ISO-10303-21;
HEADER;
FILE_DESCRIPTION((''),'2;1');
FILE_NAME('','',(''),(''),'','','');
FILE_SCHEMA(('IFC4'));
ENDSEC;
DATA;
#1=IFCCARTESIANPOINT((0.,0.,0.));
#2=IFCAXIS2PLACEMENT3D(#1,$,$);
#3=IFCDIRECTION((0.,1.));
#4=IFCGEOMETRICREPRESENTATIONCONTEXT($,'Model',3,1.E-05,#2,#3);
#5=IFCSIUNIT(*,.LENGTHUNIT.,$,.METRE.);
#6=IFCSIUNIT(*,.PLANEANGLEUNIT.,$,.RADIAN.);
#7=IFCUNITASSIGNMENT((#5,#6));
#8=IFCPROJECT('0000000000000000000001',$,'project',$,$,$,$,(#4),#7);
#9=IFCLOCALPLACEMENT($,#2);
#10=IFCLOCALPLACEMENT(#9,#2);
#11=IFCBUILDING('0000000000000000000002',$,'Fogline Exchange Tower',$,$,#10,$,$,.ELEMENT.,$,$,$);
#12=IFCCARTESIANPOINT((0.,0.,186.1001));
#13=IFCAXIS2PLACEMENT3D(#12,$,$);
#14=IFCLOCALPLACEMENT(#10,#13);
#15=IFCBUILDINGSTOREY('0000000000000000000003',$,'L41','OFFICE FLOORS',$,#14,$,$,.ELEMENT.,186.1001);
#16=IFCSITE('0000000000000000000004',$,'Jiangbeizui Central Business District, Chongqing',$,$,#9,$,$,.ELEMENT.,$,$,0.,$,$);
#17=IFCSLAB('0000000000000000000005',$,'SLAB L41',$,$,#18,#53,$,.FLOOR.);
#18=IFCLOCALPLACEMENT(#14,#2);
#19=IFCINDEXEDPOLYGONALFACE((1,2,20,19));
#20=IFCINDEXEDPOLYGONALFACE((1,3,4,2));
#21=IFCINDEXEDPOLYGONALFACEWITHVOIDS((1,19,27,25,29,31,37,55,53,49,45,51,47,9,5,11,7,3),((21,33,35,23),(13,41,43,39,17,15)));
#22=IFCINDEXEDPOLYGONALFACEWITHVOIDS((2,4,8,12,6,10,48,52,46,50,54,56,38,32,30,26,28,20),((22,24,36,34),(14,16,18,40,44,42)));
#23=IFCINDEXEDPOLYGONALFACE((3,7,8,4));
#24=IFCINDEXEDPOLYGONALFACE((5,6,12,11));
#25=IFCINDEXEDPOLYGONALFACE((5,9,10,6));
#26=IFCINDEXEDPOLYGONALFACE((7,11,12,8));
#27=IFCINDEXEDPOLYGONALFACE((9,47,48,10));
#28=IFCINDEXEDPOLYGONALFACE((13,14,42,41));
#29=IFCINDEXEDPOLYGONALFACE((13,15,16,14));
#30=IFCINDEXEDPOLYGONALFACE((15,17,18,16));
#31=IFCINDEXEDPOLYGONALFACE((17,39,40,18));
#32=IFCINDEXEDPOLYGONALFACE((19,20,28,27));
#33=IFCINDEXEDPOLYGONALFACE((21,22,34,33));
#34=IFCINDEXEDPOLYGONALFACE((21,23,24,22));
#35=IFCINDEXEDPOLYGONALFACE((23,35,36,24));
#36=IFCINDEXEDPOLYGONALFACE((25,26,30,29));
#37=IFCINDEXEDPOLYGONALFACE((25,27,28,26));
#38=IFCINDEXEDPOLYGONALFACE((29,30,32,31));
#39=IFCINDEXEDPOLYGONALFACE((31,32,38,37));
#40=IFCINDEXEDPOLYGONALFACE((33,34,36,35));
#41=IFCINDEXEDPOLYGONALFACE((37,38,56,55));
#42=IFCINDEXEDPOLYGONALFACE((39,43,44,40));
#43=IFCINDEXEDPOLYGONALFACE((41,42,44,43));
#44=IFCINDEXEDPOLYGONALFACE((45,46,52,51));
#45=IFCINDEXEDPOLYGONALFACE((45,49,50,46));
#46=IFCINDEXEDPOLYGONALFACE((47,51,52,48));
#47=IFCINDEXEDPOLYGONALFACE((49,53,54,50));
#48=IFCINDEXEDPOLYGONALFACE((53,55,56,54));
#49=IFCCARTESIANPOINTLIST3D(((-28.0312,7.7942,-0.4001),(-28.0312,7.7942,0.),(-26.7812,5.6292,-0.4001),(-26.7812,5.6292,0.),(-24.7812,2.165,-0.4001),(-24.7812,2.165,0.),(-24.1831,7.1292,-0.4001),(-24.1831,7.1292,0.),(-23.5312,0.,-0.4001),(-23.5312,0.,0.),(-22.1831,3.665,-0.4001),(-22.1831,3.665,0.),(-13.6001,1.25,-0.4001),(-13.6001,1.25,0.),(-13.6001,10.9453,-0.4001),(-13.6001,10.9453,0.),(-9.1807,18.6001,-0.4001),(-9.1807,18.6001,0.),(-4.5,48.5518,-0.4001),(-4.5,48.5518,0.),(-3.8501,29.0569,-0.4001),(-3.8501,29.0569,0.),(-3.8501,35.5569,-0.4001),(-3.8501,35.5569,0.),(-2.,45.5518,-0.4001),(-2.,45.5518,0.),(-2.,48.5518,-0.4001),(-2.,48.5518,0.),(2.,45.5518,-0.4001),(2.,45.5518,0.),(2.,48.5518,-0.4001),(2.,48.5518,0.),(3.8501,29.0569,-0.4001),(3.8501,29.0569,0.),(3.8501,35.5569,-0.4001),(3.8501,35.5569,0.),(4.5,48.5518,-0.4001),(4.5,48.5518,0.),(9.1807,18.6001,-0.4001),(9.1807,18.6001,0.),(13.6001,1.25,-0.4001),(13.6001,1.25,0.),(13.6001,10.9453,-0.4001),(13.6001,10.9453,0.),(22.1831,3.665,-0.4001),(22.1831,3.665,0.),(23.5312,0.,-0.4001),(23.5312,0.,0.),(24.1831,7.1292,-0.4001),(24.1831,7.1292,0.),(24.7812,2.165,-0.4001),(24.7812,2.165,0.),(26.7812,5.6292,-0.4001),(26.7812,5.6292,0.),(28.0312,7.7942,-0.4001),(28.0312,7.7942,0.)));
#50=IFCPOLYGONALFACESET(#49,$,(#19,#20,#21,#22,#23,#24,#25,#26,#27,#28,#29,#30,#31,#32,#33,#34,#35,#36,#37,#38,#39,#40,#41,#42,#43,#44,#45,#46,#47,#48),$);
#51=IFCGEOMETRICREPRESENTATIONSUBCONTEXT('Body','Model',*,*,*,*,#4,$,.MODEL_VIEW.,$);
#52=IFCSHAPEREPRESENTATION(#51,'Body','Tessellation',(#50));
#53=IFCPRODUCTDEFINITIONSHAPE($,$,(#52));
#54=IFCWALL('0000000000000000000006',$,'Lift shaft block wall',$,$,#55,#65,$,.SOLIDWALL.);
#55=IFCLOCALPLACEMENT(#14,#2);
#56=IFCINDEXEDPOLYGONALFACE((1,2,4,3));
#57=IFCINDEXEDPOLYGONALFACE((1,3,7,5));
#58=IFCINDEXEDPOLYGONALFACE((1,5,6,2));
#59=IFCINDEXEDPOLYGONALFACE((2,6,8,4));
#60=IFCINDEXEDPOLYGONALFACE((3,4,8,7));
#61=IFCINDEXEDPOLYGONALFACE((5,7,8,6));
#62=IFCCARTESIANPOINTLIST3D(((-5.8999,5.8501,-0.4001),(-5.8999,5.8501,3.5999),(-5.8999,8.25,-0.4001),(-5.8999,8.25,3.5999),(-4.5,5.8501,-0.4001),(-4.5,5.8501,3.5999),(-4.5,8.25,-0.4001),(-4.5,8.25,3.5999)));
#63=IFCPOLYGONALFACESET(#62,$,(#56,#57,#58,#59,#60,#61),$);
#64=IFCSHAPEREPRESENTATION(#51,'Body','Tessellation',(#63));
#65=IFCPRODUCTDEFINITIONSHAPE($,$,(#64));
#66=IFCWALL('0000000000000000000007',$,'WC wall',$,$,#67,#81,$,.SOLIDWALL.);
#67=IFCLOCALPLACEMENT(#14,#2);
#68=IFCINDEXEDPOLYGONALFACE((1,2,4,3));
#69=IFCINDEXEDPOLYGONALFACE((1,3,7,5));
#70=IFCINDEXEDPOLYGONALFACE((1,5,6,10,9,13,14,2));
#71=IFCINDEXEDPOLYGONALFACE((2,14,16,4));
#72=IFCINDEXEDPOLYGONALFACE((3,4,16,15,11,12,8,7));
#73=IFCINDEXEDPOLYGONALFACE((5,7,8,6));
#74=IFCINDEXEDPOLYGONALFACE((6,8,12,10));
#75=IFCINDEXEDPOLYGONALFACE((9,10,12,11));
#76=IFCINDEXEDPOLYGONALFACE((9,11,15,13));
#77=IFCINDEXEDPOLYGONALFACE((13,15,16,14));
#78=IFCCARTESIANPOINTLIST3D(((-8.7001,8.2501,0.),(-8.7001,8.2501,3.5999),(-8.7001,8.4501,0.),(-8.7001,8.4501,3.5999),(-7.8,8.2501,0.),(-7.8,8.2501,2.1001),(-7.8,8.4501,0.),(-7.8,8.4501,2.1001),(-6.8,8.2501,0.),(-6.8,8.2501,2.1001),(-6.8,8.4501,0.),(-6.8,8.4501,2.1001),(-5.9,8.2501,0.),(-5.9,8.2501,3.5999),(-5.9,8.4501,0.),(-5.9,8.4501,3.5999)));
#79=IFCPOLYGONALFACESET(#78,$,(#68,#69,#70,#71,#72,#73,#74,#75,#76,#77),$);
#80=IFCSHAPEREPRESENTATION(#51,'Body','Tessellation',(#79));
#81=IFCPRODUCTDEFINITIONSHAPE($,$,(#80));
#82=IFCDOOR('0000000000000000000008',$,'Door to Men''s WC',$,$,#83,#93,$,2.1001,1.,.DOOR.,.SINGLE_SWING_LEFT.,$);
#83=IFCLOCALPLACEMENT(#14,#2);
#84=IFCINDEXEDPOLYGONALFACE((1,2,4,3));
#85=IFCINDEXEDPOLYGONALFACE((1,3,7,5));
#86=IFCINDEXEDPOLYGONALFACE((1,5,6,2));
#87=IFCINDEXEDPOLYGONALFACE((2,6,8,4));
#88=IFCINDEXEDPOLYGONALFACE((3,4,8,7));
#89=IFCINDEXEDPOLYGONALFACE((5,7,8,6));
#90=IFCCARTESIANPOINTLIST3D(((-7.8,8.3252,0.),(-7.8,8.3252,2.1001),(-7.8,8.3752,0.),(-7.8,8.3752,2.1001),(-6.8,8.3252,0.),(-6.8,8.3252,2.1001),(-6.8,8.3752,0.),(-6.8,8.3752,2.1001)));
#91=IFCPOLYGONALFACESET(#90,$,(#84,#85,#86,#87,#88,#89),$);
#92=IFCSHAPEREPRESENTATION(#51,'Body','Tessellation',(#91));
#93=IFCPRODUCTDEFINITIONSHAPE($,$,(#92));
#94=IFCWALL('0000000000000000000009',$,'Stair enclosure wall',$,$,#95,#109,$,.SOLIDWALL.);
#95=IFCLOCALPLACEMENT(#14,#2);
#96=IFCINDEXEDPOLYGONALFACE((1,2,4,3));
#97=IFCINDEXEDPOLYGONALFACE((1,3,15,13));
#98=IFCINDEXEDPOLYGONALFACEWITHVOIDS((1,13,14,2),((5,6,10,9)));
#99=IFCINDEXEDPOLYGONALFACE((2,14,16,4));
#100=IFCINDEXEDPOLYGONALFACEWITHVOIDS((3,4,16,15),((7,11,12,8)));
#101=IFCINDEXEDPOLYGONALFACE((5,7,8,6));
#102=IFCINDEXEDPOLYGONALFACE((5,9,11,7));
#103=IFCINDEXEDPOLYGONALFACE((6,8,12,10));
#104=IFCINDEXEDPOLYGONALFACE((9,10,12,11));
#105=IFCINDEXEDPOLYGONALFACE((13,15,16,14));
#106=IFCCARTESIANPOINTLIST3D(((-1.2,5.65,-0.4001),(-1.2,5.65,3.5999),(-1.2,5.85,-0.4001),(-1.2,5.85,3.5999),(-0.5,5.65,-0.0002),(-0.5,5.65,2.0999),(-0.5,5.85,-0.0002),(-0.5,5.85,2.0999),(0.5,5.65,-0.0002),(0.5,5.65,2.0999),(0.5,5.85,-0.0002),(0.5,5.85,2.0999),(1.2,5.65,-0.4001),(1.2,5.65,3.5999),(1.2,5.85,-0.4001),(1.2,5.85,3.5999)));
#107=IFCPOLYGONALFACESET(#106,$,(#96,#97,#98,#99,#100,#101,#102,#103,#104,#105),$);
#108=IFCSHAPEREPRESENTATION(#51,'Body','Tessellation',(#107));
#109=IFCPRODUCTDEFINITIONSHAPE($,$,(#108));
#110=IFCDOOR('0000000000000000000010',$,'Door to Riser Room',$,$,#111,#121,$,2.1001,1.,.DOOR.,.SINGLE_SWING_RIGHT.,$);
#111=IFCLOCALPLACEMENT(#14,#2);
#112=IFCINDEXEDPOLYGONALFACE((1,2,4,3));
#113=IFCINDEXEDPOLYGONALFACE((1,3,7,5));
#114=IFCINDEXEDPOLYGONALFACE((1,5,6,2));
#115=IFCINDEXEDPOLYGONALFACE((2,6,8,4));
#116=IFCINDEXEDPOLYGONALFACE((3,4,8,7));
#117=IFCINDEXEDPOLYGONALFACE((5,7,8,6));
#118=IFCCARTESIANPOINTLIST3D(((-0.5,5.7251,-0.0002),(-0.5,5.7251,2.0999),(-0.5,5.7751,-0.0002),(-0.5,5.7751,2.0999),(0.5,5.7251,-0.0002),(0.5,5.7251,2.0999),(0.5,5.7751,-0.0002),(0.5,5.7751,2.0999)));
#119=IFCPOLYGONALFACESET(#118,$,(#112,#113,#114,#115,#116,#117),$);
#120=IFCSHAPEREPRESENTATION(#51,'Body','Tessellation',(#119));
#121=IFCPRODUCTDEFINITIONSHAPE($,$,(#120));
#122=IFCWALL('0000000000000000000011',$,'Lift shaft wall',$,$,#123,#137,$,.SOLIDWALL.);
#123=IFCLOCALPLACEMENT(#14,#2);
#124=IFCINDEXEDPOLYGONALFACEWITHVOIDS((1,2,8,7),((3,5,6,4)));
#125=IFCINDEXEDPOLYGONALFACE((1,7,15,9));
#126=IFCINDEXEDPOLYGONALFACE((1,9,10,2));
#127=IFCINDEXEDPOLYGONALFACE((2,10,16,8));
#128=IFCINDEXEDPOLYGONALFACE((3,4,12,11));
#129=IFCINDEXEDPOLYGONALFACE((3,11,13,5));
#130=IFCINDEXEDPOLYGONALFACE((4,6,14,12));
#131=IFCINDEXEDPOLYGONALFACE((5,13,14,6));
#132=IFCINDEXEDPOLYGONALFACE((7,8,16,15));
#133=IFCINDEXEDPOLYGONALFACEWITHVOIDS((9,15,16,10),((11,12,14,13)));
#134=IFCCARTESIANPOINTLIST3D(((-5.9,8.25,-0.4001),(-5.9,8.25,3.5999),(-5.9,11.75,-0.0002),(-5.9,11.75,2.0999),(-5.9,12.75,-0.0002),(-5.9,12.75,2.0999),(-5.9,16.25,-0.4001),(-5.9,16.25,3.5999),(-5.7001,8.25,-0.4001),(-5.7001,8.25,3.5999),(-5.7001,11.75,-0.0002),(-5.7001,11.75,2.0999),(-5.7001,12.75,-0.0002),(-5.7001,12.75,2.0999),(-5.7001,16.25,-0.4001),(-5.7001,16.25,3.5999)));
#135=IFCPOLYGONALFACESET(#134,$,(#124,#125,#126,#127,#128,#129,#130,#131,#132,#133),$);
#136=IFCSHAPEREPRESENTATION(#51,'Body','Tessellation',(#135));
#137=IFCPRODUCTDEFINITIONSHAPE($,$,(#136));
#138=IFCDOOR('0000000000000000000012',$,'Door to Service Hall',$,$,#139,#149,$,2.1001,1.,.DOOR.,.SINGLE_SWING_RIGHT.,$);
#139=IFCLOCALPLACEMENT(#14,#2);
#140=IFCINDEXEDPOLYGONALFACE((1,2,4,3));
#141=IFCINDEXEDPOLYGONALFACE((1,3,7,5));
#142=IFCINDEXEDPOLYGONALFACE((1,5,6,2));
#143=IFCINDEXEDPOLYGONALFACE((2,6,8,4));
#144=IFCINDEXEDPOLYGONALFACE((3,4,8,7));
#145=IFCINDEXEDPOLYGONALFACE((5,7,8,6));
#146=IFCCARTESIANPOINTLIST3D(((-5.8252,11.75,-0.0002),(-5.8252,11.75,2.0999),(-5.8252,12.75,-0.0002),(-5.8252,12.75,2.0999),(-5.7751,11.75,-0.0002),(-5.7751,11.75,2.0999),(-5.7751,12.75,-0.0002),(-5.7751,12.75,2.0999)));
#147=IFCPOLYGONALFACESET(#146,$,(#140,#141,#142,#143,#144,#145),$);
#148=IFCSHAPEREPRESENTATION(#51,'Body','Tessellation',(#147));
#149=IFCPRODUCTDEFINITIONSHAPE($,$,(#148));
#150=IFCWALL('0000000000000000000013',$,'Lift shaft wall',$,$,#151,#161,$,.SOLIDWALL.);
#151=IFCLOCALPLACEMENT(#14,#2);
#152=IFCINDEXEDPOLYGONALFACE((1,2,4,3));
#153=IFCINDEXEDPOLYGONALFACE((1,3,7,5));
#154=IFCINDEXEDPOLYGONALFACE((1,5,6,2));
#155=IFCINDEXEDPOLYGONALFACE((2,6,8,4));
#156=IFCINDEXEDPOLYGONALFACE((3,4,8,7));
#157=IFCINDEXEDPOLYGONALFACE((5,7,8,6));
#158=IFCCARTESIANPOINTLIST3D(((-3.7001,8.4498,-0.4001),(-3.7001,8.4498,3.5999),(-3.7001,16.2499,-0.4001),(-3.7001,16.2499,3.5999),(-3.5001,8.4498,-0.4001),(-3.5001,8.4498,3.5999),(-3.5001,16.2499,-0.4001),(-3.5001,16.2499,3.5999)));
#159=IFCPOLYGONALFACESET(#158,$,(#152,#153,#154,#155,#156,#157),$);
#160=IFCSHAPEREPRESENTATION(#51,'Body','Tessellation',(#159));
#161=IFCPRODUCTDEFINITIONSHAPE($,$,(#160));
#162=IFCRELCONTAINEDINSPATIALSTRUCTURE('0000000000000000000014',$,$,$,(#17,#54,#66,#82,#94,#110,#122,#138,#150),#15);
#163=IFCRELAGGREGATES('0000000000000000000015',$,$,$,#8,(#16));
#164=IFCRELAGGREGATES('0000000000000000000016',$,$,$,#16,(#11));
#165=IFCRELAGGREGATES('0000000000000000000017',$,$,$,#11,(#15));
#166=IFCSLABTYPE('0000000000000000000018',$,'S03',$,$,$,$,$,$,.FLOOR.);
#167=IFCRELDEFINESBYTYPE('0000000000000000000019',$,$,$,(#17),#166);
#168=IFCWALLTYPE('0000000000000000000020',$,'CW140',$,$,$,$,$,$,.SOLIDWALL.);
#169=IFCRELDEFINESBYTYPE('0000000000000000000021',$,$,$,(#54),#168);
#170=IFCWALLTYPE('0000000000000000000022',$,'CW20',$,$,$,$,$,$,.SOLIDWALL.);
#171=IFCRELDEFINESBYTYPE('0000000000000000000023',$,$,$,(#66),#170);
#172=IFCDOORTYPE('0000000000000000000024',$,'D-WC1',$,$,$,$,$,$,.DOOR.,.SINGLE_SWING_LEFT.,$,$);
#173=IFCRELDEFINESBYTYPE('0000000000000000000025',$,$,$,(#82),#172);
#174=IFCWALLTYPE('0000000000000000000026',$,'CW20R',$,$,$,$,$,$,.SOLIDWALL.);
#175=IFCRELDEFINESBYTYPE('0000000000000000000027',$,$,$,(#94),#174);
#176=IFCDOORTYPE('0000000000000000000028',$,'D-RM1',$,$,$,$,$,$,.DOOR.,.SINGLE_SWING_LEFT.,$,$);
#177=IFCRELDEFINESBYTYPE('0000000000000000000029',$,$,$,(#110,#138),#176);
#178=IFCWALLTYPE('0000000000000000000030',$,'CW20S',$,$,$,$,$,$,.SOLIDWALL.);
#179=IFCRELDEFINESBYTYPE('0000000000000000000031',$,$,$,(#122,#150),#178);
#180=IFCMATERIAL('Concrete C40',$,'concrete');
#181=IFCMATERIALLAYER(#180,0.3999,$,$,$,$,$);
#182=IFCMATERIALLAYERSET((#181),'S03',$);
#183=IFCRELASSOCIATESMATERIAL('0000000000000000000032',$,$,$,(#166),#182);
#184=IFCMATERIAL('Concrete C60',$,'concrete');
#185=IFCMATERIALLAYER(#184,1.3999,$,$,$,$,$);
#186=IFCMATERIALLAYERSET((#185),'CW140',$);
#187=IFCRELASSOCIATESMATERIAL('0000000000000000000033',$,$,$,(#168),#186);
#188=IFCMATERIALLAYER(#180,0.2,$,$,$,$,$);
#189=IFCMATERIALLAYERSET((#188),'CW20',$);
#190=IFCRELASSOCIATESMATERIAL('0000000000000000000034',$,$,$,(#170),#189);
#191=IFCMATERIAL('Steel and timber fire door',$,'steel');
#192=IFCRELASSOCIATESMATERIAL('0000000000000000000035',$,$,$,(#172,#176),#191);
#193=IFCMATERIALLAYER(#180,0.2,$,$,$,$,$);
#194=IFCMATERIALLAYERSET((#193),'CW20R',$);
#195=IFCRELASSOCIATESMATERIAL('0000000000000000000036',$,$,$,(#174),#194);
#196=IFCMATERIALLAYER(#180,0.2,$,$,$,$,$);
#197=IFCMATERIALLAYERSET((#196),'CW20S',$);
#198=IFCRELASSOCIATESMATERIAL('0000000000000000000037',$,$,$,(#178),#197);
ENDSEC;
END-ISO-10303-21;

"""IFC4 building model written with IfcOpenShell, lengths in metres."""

from ifc_helpers import new_model, si_unit, direction, frame, frame_2d, origin, place, context, subcontext, project, spatial, polyline, rectangle, outline, extrude, material, layer, layer_set, type_object, element, fill, save


model = new_model("IFC4")

# Units and contexts
model_context = context("Model", 3, precision=1e-05, world=origin(), true_north=direction((0.0, 1.0)))
body_context = subcontext(model_context, "Body", "Model", "MODEL_VIEW")
ifc_project = project(units=[si_unit("LENGTHUNIT", "METRE"), si_unit("PLANEANGLEUNIT", "RADIAN")], contexts=[model_context])

# Site, building, storey
site_placement = place(None, origin())
site = spatial("IfcSite", under=ifc_project, at=site_placement, Name="Jiangbeizui Central Business District, Chongqing", CompositionType="ELEMENT", RefElevation=0.0)
building_placement = place(site_placement, origin())
building = spatial("IfcBuilding", under=site, at=building_placement, Name="Fogline Exchange Tower", CompositionType="ELEMENT")
storey_placement = place(building_placement, frame((0.0, 0.0, 186.1001)))
storey = spatial("IfcBuildingStorey", under=building, at=storey_placement, Name="L41", Description="OFFICE FLOORS", CompositionType="ELEMENT", Elevation=186.1001)

# Slab
ifc_material_1 = material(Name="Concrete C40", Category="concrete")
ifc_layer_1 = layer(ifc_material_1, 0.3999)
ifc_layer_set_1 = layer_set([ifc_layer_1], Name="S03")
slab_type = type_object("IfcSlabType", Name="S03", PredefinedType="FLOOR", material=ifc_layer_set_1)
slab_placement = place(storey_placement, frame((0.0, 0.0, -0.4001)))
element("IfcSlab", 1, at=slab_placement, inside=storey, type_object=slab_type, Name="SLAB L41", PredefinedType="FLOOR", context=body_context, shape_type="SweptSolid", body=[
    extrude(outline(polyline([(-2.0, 48.5518), (-4.5, 48.5518), (-28.0312, 7.7942), (-26.7812, 5.6292), (-24.1831, 7.1292), (-22.1831, 3.665), (-24.7812, 2.165), (-23.5312, 0.0), (23.5312, 0.0), (24.7812, 2.165), (22.1831, 3.665), (24.1831, 7.1292), (26.7812, 5.6292), (28.0312, 7.7942), (4.5, 48.5518), (2.0, 48.5518), (2.0, 45.5518), (-2.0, 45.5518), (-2.0, 48.5518)]), holes=[polyline([(13.6001, 10.9453), (13.6001, 1.25), (-13.6001, 1.25), (-13.6001, 10.9453), (-9.1807, 18.6001), (9.1807, 18.6001), (13.6001, 10.9453)]), polyline([(3.8501, 35.5569), (3.8501, 29.0569), (-3.8501, 29.0569), (-3.8501, 35.5569), (3.8501, 35.5569)])]), origin(), (0.0, 0.0, 1.0), 0.4001),
])

# Wall
ifc_material_2 = material(Name="Concrete C60", Category="concrete")
ifc_layer_2 = layer(ifc_material_2, 1.3999)
ifc_layer_set_2 = layer_set([ifc_layer_2], Name="CW140")
wall_type_1 = type_object("IfcWallType", Name="CW140", PredefinedType="SOLIDWALL", material=ifc_layer_set_2)
wall_1_placement = place(storey_placement, frame((-5.2, 5.8501, -0.4001), z_axis=(0.0, 0.0, 1.0), x_axis=(0.0, 1.0, 0.0)))
element("IfcWall", 2, at=wall_1_placement, inside=storey, type_object=wall_type_1, Name="Lift shaft block wall", PredefinedType="SOLIDWALL", context=body_context, shape_type="SweptSolid", body=[
    extrude(rectangle(XDim=2.3999, YDim=1.3999, at=frame_2d((1.2, 0.0))), origin(), (0.0, 0.0, 1.0), 4.0),
])

# Walls, openings, doors
ifc_layer_3 = layer(ifc_material_1, 0.2)
ifc_layer_set_3 = layer_set([ifc_layer_3], Name="CW20")
wall_type_2 = type_object("IfcWallType", Name="CW20", PredefinedType="SOLIDWALL", material=ifc_layer_set_3)
wall_2_placement = place(storey_placement, frame((-8.7, 8.3501, 0.0), z_axis=(0.0, 0.0, 1.0), x_axis=(1.0, 0.0, 0.0)))
wall_2 = element("IfcWall", 3, at=wall_2_placement, inside=storey, type_object=wall_type_2, Name="WC wall", PredefinedType="SOLIDWALL", context=body_context, shape_type="SweptSolid", body=[
    extrude(rectangle(XDim=2.8, YDim=0.2, at=frame_2d((1.3999, 0.0))), origin(), (0.0, 0.0, 1.0), 3.5999),
])
opening_1_placement = place(wall_2_placement, frame((0.8999, 0.0, 0.0)))
opening_1 = element("IfcOpeningElement", 4, at=opening_1_placement, cuts=wall_2, PredefinedType="OPENING", context=body_context, shape_type="SweptSolid", body=[
    extrude(rectangle(XDim=1.0, YDim=2.1001, at=frame_2d((0.5, 1.05))), frame((0.0, 0.1099, 0.0), z_axis=(0.0, -1.0, 0.0), x_axis=(1.0, 0.0, 0.0)), (0.0, 0.0, 1.0), 0.22),
])
ifc_material_3 = material(Name="Steel and timber fire door", Category="steel")
door_type_1 = type_object("IfcDoorType", Name="D-WC1", OperationType="SINGLE_SWING_LEFT", PredefinedType="DOOR", material=ifc_material_3)
door_1_placement = place(opening_1_placement, frame((1.0, 0.0, 0.0), z_axis=(0.0, 0.0, 1.0), x_axis=(-1.0, 0.0, 0.0)))
door_1 = element("IfcDoor", 5, at=door_1_placement, inside=storey, type_object=door_type_1, Name="Door to Men's WC", OperationType="SINGLE_SWING_LEFT", OverallHeight=2.1001, OverallWidth=1.0, PredefinedType="DOOR", context=body_context, shape_type="SweptSolid", body=[
    extrude(rectangle(XDim=1.0, YDim=2.1001, at=frame_2d((0.5, 1.05))), frame((0.0, 0.0249, 0.0), z_axis=(0.0, -1.0, 0.0), x_axis=(1.0, 0.0, 0.0)), (0.0, 0.0, 1.0), 0.05),
])
fill(opening_1, door_1)
ifc_layer_4 = layer(ifc_material_1, 0.2)
ifc_layer_set_4 = layer_set([ifc_layer_4], Name="CW20R")
wall_type_3 = type_object("IfcWallType", Name="CW20R", PredefinedType="SOLIDWALL", material=ifc_layer_set_4)
wall_3_placement = place(storey_placement, frame((-1.2, 5.75, -0.4001), z_axis=(0.0, 0.0, 1.0), x_axis=(1.0, 0.0, 0.0)))
wall_3 = element("IfcWall", 6, at=wall_3_placement, inside=storey, type_object=wall_type_3, Name="Stair enclosure wall", PredefinedType="SOLIDWALL", context=body_context, shape_type="SweptSolid", body=[
    extrude(rectangle(XDim=2.3999, YDim=0.2, at=frame_2d((1.2, 0.0))), origin(), (0.0, 0.0, 1.0), 4.0),
])
opening_2_placement = place(wall_3_placement, frame((0.7, 0.0, 0.3999)))
opening_2 = element("IfcOpeningElement", 7, at=opening_2_placement, cuts=wall_3, PredefinedType="OPENING", context=body_context, shape_type="SweptSolid", body=[
    extrude(rectangle(XDim=1.0, YDim=2.1001, at=frame_2d((0.5, 1.05))), frame((0.0, 0.1099, 0.0), z_axis=(0.0, -1.0, 0.0), x_axis=(1.0, 0.0, 0.0)), (0.0, 0.0, 1.0), 0.22),
])
door_type_2 = type_object("IfcDoorType", Name="D-RM1", OperationType="SINGLE_SWING_LEFT", PredefinedType="DOOR", material=ifc_material_3)
door_2_placement = place(opening_2_placement, frame((1.0, 0.0, 0.0), z_axis=(0.0, 0.0, 1.0), x_axis=(-1.0, 0.0, 0.0)))
door_2 = element("IfcDoor", 8, at=door_2_placement, inside=storey, type_object=door_type_2, Name="Door to Riser Room", OperationType="SINGLE_SWING_RIGHT", OverallHeight=2.1001, OverallWidth=1.0, PredefinedType="DOOR", context=body_context, shape_type="SweptSolid", body=[
    extrude(rectangle(XDim=1.0, YDim=2.1001, at=frame_2d((0.5, 1.05))), frame((0.0, 0.0249, 0.0), z_axis=(0.0, -1.0, 0.0), x_axis=(1.0, 0.0, 0.0)), (0.0, 0.0, 1.0), 0.05),
])
fill(opening_2, door_2)
ifc_layer_5 = layer(ifc_material_1, 0.2)
ifc_layer_set_5 = layer_set([ifc_layer_5], Name="CW20S")
wall_type_4 = type_object("IfcWallType", Name="CW20S", PredefinedType="SOLIDWALL", material=ifc_layer_set_5)
wall_4_placement = place(storey_placement, frame((-5.8, 8.25, -0.4001), z_axis=(0.0, 0.0, 1.0), x_axis=(0.0, 1.0, 0.0)))
wall_4 = element("IfcWall", 9, at=wall_4_placement, inside=storey, type_object=wall_type_4, Name="Lift shaft wall", PredefinedType="SOLIDWALL", context=body_context, shape_type="SweptSolid", body=[
    extrude(rectangle(XDim=8.0, YDim=0.2, at=frame_2d((4.0, 0.0))), origin(), (0.0, 0.0, 1.0), 4.0),
])
opening_3_placement = place(wall_4_placement, frame((3.5, 0.0, 0.3999)))
opening_3 = element("IfcOpeningElement", 10, at=opening_3_placement, cuts=wall_4, PredefinedType="OPENING", context=body_context, shape_type="SweptSolid", body=[
    extrude(rectangle(XDim=1.0, YDim=2.1001, at=frame_2d((0.5, 1.05))), frame((0.0, 0.1099, 0.0), z_axis=(0.0, -1.0, 0.0), x_axis=(1.0, 0.0, 0.0)), (0.0, 0.0, 1.0), 0.22),
])
door_3_placement = place(opening_3_placement, frame((1.0, 0.0, 0.0), z_axis=(0.0, 0.0, 1.0), x_axis=(-1.0, 0.0, 0.0)))
door_3 = element("IfcDoor", 11, at=door_3_placement, inside=storey, type_object=door_type_2, Name="Door to Service Hall", OperationType="SINGLE_SWING_RIGHT", OverallHeight=2.1001, OverallWidth=1.0, PredefinedType="DOOR", context=body_context, shape_type="SweptSolid", body=[
    extrude(rectangle(XDim=1.0, YDim=2.1001, at=frame_2d((0.5, 1.05))), frame((0.0, 0.0249, 0.0), z_axis=(0.0, -1.0, 0.0), x_axis=(1.0, 0.0, 0.0)), (0.0, 0.0, 1.0), 0.05),
])
fill(opening_3, door_3)

# Wall
wall_5_placement = place(storey_placement, frame((-3.6001, 8.45, -0.4001), z_axis=(0.0, 0.0, 1.0), x_axis=(0.0, 1.0, 0.0)))
element("IfcWall", 12, at=wall_5_placement, inside=storey, type_object=wall_type_4, Name="Lift shaft wall", PredefinedType="SOLIDWALL", context=body_context, shape_type="SweptSolid", body=[
    extrude(rectangle(XDim=7.8, YDim=0.2, at=frame_2d((3.8999, 0.0))), origin(), (0.0, 0.0, 1.0), 4.0),
])

save(model, "model.ifc")
